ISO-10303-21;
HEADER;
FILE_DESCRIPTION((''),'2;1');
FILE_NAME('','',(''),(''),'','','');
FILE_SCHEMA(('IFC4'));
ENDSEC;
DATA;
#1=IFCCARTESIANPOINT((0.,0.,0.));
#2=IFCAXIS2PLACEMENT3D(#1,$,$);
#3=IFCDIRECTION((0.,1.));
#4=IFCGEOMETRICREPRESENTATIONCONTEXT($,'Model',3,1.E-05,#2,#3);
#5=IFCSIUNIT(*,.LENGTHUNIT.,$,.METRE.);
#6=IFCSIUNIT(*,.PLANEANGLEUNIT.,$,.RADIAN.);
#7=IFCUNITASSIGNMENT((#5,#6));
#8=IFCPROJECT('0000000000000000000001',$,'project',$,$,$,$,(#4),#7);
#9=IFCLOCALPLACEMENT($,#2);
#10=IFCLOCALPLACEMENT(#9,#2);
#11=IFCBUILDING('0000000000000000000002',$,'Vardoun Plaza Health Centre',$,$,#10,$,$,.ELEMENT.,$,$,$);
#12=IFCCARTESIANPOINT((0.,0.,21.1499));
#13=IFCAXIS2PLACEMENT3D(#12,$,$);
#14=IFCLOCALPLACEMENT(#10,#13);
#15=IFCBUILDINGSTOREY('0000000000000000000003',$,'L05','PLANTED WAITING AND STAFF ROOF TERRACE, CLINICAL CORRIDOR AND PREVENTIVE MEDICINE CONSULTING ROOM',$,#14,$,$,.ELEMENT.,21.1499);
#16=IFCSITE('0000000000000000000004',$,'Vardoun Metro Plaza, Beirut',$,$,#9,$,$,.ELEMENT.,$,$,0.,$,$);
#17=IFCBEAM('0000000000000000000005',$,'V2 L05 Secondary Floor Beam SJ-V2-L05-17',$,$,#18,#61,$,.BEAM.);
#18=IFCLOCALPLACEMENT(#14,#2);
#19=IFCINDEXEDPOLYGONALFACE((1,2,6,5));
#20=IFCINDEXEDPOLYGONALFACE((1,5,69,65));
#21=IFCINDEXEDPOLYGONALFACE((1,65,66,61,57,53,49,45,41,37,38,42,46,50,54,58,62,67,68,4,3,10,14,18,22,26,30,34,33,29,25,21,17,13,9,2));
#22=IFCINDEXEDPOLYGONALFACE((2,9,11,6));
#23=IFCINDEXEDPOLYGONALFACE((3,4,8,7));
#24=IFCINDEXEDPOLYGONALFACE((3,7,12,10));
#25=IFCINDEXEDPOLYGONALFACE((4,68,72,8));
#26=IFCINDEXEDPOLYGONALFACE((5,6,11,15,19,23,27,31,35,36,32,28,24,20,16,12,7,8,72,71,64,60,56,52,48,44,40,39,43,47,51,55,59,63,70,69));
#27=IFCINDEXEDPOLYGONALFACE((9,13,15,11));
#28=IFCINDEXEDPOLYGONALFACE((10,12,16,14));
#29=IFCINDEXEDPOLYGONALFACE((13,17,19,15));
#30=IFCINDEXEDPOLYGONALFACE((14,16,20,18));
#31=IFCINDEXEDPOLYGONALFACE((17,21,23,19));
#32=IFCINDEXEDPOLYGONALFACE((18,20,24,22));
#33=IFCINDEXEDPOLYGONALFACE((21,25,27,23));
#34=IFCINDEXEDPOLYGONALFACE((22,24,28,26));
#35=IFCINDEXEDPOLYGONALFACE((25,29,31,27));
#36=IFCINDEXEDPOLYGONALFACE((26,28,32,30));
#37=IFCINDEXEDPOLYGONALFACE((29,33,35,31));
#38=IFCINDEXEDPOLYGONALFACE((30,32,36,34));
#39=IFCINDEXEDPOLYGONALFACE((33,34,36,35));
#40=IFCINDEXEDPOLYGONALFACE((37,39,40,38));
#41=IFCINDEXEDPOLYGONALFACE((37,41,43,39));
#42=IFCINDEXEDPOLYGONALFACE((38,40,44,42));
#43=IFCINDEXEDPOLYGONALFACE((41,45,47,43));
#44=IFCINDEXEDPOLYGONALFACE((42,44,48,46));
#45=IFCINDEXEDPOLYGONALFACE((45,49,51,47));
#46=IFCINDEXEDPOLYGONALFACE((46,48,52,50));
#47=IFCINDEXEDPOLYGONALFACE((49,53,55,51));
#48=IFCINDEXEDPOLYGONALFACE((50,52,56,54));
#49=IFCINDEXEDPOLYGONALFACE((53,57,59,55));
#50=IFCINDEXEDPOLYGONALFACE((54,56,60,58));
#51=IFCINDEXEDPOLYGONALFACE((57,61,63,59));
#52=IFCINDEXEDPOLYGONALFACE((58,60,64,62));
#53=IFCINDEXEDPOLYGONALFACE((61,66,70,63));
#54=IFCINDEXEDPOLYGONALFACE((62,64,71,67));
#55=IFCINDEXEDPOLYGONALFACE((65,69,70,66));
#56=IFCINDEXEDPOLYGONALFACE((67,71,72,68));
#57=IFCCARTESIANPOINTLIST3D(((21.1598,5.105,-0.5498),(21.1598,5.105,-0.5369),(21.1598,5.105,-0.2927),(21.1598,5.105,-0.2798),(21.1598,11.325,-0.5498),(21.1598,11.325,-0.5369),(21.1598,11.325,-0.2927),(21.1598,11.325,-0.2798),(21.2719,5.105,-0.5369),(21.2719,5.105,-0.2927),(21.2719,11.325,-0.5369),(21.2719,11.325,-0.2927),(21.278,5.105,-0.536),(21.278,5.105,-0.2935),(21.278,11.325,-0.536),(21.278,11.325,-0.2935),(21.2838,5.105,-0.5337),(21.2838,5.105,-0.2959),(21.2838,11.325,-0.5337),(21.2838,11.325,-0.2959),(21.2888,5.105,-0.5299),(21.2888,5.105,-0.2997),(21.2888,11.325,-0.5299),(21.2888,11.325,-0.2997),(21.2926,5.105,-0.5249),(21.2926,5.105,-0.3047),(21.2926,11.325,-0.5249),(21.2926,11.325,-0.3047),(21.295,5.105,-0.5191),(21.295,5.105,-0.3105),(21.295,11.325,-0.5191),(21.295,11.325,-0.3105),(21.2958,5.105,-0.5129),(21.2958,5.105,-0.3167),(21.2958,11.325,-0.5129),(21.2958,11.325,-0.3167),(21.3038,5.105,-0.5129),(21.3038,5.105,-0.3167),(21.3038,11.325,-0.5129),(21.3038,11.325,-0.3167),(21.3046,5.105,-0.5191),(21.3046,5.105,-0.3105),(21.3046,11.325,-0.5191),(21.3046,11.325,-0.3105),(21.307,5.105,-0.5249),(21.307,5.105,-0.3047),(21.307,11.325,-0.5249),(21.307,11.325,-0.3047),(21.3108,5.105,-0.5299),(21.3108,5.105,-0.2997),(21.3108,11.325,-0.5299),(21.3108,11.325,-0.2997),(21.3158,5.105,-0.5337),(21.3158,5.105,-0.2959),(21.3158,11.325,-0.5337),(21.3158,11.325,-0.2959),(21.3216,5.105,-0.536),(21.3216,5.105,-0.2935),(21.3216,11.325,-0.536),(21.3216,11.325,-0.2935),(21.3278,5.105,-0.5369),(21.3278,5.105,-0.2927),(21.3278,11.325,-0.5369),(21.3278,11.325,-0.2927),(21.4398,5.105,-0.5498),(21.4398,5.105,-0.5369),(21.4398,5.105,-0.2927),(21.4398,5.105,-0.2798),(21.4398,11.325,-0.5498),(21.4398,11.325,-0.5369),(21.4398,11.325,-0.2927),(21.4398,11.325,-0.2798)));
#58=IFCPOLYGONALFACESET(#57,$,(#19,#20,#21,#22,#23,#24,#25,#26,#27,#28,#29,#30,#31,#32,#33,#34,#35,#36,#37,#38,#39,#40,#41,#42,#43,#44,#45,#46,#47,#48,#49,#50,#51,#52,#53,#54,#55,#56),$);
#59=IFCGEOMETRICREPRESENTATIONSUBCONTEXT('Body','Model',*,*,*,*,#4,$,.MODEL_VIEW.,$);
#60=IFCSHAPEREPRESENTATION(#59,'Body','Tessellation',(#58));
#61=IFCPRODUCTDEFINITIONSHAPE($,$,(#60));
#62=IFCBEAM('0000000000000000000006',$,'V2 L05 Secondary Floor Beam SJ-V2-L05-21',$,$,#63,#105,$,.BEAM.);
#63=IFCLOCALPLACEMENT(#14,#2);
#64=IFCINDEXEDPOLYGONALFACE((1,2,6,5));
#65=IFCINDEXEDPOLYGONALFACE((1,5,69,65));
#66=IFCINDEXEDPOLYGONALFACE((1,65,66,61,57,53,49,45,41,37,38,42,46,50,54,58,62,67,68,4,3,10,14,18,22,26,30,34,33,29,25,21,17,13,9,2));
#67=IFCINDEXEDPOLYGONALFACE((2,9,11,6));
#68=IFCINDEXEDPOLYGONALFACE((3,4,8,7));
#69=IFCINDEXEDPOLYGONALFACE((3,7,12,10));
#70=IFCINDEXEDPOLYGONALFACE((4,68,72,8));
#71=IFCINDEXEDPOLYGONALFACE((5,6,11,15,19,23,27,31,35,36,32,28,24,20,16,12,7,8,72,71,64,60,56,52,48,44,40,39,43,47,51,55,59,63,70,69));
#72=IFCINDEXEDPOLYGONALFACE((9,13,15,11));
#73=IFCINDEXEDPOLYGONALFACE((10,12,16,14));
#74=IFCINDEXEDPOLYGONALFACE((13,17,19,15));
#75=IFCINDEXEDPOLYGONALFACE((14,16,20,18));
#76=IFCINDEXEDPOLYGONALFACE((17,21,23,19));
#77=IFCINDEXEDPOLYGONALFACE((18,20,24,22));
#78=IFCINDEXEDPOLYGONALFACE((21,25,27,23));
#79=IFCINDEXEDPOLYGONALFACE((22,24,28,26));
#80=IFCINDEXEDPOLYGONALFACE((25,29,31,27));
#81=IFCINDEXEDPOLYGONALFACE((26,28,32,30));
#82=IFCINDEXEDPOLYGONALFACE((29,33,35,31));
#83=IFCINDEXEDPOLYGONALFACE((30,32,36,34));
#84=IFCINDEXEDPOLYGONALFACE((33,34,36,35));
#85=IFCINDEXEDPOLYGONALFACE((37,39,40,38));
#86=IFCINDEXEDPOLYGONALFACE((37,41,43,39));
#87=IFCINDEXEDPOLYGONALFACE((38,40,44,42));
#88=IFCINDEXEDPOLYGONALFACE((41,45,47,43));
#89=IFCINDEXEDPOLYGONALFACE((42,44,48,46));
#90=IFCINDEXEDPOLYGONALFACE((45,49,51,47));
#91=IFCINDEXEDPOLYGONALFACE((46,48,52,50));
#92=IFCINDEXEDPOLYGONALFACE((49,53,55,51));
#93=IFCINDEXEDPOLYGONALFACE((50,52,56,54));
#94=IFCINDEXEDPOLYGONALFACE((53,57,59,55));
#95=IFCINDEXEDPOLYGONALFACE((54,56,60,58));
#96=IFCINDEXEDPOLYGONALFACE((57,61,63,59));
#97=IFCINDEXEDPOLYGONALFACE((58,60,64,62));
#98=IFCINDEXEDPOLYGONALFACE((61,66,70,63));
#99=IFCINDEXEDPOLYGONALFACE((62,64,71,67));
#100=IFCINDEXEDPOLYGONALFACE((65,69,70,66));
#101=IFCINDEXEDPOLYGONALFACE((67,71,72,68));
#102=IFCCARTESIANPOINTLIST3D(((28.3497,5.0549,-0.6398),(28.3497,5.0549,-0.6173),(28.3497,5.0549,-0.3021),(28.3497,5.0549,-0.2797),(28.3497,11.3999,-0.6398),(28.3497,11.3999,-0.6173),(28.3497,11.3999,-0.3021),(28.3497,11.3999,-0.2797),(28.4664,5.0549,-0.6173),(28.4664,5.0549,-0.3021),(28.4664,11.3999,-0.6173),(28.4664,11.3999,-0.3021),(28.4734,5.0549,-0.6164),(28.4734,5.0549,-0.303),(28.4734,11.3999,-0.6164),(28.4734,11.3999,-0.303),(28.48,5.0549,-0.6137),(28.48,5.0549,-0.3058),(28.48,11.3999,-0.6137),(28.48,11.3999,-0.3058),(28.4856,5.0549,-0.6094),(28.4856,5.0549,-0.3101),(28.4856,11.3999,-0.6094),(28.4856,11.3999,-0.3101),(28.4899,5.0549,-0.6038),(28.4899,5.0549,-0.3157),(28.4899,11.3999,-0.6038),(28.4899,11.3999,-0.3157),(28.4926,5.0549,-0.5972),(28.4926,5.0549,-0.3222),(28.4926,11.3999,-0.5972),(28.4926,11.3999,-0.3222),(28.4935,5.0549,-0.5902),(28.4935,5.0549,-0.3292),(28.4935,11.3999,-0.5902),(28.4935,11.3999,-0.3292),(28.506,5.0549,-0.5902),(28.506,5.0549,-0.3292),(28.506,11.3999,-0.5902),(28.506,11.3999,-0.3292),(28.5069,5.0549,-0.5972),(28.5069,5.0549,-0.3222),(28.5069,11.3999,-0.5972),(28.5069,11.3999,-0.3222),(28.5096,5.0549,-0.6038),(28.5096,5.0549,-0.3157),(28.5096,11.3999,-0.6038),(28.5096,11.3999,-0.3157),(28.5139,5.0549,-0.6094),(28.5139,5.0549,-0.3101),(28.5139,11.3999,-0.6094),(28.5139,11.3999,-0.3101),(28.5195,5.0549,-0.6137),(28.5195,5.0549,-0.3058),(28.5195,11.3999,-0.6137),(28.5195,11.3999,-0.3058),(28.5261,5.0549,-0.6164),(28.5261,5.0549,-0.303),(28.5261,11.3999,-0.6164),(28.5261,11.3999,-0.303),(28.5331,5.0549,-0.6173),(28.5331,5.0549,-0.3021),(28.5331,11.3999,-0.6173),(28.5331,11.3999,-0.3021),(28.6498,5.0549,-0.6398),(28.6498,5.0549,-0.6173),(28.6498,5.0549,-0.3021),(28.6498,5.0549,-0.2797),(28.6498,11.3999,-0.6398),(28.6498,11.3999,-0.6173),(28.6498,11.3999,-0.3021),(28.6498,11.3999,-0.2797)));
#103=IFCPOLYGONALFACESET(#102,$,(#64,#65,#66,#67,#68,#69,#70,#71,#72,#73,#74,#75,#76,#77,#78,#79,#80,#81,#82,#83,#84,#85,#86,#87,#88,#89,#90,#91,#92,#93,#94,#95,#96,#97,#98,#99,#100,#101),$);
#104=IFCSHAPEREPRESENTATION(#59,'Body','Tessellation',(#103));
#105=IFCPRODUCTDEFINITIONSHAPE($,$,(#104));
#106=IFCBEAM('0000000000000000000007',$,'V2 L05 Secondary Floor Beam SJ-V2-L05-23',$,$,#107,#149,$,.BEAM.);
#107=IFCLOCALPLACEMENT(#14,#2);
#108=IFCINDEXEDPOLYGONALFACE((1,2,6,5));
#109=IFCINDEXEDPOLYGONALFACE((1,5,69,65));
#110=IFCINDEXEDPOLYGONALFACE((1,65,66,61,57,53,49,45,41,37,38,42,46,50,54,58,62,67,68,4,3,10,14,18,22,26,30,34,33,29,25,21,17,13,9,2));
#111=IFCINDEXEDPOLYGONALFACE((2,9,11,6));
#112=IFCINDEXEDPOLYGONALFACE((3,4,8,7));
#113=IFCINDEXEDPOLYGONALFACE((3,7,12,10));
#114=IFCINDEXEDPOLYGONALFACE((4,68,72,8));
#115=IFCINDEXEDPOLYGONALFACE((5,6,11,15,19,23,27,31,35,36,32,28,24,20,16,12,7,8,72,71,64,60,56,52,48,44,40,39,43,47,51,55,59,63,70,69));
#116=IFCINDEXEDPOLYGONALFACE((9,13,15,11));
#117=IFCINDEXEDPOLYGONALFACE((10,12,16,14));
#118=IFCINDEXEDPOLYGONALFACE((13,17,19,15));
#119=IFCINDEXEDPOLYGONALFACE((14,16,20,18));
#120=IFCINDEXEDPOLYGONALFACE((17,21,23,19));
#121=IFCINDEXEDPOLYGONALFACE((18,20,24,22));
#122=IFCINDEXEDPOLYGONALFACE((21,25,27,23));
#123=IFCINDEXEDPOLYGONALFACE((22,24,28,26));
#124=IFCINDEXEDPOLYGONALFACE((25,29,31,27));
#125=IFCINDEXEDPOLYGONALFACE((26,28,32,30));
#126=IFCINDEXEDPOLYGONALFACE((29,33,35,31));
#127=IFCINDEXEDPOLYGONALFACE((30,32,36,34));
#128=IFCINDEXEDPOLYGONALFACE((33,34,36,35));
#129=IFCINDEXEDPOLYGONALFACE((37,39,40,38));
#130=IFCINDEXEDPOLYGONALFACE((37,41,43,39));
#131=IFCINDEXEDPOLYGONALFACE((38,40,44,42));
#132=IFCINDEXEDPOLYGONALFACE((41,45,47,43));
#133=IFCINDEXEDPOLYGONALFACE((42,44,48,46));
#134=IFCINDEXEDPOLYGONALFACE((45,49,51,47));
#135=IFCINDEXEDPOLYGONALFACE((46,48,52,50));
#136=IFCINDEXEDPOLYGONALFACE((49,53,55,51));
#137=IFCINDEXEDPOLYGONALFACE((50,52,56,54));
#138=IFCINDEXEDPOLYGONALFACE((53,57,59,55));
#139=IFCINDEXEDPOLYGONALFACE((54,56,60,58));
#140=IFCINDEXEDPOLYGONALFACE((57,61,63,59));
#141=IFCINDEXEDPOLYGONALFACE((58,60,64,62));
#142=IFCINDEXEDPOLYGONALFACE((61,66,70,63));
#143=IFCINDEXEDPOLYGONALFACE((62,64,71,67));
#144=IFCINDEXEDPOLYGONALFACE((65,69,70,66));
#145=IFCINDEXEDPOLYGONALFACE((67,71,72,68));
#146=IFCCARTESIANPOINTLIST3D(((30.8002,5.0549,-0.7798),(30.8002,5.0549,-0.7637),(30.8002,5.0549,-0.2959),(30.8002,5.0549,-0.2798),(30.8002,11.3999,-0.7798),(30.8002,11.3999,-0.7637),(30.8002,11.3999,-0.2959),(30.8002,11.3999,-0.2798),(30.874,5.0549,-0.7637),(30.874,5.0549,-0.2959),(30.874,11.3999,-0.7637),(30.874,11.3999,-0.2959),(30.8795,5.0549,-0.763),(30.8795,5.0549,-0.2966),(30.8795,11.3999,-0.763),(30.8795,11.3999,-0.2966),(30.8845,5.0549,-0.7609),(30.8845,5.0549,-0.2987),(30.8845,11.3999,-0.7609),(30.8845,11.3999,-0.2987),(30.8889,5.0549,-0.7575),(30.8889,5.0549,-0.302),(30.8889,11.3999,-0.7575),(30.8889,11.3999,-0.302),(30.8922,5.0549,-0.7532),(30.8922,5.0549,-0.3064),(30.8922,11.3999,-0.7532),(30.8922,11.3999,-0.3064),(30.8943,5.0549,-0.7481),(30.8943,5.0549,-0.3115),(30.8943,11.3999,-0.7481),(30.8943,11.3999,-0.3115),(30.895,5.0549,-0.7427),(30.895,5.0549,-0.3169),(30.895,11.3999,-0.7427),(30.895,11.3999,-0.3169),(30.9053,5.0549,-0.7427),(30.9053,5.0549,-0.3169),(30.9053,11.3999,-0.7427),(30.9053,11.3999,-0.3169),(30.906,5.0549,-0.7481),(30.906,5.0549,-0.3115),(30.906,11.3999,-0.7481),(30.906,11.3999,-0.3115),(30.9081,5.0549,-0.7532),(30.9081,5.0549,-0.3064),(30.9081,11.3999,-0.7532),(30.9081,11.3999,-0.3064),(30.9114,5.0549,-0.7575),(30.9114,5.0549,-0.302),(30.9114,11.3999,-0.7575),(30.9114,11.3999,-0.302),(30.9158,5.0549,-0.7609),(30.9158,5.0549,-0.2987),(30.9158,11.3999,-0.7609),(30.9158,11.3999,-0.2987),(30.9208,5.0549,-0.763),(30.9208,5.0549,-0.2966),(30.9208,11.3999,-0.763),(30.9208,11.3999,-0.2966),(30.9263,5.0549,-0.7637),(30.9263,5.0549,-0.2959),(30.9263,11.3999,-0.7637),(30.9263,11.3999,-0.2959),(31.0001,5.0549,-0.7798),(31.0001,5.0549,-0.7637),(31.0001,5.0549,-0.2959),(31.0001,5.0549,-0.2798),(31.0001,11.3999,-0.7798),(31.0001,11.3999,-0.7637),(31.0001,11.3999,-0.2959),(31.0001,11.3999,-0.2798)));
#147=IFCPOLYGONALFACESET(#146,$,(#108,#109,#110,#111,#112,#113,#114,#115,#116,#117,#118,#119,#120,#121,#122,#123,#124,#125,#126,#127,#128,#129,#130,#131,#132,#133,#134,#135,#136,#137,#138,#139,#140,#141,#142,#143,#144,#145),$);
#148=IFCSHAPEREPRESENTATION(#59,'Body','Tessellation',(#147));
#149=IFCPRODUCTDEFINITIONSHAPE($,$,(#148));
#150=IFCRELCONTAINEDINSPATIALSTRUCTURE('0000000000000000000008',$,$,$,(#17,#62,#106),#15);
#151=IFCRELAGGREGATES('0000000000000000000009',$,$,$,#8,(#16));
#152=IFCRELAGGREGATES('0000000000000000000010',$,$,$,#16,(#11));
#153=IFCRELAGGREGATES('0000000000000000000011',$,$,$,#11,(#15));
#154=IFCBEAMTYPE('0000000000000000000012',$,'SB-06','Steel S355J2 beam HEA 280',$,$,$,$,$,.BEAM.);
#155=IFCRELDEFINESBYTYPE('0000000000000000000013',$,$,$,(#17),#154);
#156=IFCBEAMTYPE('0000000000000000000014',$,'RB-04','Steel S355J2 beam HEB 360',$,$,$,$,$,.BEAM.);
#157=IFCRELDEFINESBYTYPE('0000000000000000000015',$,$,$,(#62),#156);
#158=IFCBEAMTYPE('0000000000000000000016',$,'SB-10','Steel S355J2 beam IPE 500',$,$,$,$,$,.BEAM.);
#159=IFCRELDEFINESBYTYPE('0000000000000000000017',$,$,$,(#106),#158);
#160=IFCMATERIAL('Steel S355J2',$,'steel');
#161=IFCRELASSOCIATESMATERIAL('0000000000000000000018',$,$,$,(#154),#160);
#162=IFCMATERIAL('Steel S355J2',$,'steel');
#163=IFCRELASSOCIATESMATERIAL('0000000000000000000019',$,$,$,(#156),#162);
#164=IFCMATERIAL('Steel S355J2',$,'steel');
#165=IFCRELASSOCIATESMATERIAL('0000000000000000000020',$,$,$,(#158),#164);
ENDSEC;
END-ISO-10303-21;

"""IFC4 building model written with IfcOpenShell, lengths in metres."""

from ifc_helpers import new_model, si_unit, direction, frame, origin, origin_2d, place, context, subcontext, project, spatial, i_section, extrude, material, material_profile, profile_set, type_object, element, save


model = new_model("IFC4")

# Units and contexts
model_context = context("Model", 3, precision=1e-05, world=origin(), true_north=direction((0.0, 1.0)))
body_context = subcontext(model_context, "Body", "Model", "MODEL_VIEW")
ifc_project = project(units=[si_unit("LENGTHUNIT", "METRE"), si_unit("PLANEANGLEUNIT", "RADIAN")], contexts=[model_context])

# Site, building, storey
site_placement = place(None, origin())
site = spatial("IfcSite", under=ifc_project, at=site_placement, Name="Vardoun Metro Plaza, Beirut", CompositionType="ELEMENT", RefElevation=0.0)
building_placement = place(site_placement, origin())
building = spatial("IfcBuilding", under=site, at=building_placement, Name="Vardoun Plaza Health Centre", CompositionType="ELEMENT")
storey_placement = place(building_placement, frame((0.0, 0.0, 21.1499)))
storey = spatial("IfcBuildingStorey", under=building, at=storey_placement, Name="L05", Description="PLANTED WAITING AND STAFF ROOF TERRACE, CLINICAL CORRIDOR AND PREVENTIVE MEDICINE CONSULTING ROOM", CompositionType="ELEMENT", Elevation=21.1499)

# Beams
ifc_material_1 = material(Name="Steel S355J2", Category="steel")
ifc_material_profile_1 = material_profile(ifc_material_1, i_section(OverallWidth=0.28, OverallDepth=0.27, WebThickness=0.0081, FlangeThickness=0.0129, FilletRadius=0.0239, at=origin_2d()), Name="HEA 280")
ifc_profile_set_1 = profile_set([ifc_material_profile_1], Name="Steel S355J2")
beam_type_1 = type_object("IfcBeamType", Name="SB-06", Description="Steel S355J2 beam HEA 280", PredefinedType="BEAM", material=ifc_profile_set_1)
beam_1_placement = place(storey_placement, frame((21.2998, 5.105, -0.4148), z_axis=(0.0, 1.0, 0.0), x_axis=(-1.0, 0.0, 0.0)))
element("IfcBeam", 1, at=beam_1_placement, inside=storey, type_object=beam_type_1, Name="V2 L05 Secondary Floor Beam SJ-V2-L05-17", PredefinedType="BEAM", context=body_context, shape_type="SweptSolid", body=[
    extrude(i_section(OverallWidth=0.28, OverallDepth=0.27, WebThickness=0.0081, FlangeThickness=0.0129, FilletRadius=0.0239, at=origin_2d()), origin(), (0.0, 0.0, 1.0), 6.22),
])
ifc_material_2 = material(Name="Steel S355J2", Category="steel")
ifc_material_profile_2 = material_profile(ifc_material_2, i_section(OverallWidth=0.3, OverallDepth=0.3601, WebThickness=0.0125, FlangeThickness=0.0225, FilletRadius=0.0271, at=origin_2d()), Name="HEB 360")
ifc_profile_set_2 = profile_set([ifc_material_profile_2], Name="Steel S355J2")
beam_type_2 = type_object("IfcBeamType", Name="RB-04", Description="Steel S355J2 beam HEB 360", PredefinedType="BEAM", material=ifc_profile_set_2)
beam_2_placement = place(storey_placement, frame((28.4998, 5.0549, -0.4597), z_axis=(0.0, 1.0, 0.0), x_axis=(-1.0, 0.0, 0.0)))
element("IfcBeam", 2, at=beam_2_placement, inside=storey, type_object=beam_type_2, Name="V2 L05 Secondary Floor Beam SJ-V2-L05-21", PredefinedType="BEAM", context=body_context, shape_type="SweptSolid", body=[
    extrude(i_section(OverallWidth=0.3, OverallDepth=0.3601, WebThickness=0.0125, FlangeThickness=0.0225, FilletRadius=0.0271, at=origin_2d()), origin(), (0.0, 0.0, 1.0), 6.345),
])
ifc_material_3 = material(Name="Steel S355J2", Category="steel")
ifc_material_profile_3 = material_profile(ifc_material_3, i_section(OverallWidth=0.2, OverallDepth=0.5, WebThickness=0.0103, FlangeThickness=0.0161, FilletRadius=0.021, at=origin_2d()), Name="IPE 500")
ifc_profile_set_3 = profile_set([ifc_material_profile_3], Name="Steel S355J2")
beam_type_3 = type_object("IfcBeamType", Name="SB-10", Description="Steel S355J2 beam IPE 500", PredefinedType="BEAM", material=ifc_profile_set_3)
beam_3_placement = place(storey_placement, frame((30.9001, 5.0549, -0.5298), z_axis=(0.0, 1.0, 0.0), x_axis=(-1.0, 0.0, 0.0)))
element("IfcBeam", 3, at=beam_3_placement, inside=storey, type_object=beam_type_3, Name="V2 L05 Secondary Floor Beam SJ-V2-L05-23", PredefinedType="BEAM", context=body_context, shape_type="SweptSolid", body=[
    extrude(i_section(OverallWidth=0.2, OverallDepth=0.5, WebThickness=0.0103, FlangeThickness=0.0161, FilletRadius=0.021, at=origin_2d()), origin(), (0.0, 0.0, 1.0), 6.345),
])

save(model, "model.ifc")
